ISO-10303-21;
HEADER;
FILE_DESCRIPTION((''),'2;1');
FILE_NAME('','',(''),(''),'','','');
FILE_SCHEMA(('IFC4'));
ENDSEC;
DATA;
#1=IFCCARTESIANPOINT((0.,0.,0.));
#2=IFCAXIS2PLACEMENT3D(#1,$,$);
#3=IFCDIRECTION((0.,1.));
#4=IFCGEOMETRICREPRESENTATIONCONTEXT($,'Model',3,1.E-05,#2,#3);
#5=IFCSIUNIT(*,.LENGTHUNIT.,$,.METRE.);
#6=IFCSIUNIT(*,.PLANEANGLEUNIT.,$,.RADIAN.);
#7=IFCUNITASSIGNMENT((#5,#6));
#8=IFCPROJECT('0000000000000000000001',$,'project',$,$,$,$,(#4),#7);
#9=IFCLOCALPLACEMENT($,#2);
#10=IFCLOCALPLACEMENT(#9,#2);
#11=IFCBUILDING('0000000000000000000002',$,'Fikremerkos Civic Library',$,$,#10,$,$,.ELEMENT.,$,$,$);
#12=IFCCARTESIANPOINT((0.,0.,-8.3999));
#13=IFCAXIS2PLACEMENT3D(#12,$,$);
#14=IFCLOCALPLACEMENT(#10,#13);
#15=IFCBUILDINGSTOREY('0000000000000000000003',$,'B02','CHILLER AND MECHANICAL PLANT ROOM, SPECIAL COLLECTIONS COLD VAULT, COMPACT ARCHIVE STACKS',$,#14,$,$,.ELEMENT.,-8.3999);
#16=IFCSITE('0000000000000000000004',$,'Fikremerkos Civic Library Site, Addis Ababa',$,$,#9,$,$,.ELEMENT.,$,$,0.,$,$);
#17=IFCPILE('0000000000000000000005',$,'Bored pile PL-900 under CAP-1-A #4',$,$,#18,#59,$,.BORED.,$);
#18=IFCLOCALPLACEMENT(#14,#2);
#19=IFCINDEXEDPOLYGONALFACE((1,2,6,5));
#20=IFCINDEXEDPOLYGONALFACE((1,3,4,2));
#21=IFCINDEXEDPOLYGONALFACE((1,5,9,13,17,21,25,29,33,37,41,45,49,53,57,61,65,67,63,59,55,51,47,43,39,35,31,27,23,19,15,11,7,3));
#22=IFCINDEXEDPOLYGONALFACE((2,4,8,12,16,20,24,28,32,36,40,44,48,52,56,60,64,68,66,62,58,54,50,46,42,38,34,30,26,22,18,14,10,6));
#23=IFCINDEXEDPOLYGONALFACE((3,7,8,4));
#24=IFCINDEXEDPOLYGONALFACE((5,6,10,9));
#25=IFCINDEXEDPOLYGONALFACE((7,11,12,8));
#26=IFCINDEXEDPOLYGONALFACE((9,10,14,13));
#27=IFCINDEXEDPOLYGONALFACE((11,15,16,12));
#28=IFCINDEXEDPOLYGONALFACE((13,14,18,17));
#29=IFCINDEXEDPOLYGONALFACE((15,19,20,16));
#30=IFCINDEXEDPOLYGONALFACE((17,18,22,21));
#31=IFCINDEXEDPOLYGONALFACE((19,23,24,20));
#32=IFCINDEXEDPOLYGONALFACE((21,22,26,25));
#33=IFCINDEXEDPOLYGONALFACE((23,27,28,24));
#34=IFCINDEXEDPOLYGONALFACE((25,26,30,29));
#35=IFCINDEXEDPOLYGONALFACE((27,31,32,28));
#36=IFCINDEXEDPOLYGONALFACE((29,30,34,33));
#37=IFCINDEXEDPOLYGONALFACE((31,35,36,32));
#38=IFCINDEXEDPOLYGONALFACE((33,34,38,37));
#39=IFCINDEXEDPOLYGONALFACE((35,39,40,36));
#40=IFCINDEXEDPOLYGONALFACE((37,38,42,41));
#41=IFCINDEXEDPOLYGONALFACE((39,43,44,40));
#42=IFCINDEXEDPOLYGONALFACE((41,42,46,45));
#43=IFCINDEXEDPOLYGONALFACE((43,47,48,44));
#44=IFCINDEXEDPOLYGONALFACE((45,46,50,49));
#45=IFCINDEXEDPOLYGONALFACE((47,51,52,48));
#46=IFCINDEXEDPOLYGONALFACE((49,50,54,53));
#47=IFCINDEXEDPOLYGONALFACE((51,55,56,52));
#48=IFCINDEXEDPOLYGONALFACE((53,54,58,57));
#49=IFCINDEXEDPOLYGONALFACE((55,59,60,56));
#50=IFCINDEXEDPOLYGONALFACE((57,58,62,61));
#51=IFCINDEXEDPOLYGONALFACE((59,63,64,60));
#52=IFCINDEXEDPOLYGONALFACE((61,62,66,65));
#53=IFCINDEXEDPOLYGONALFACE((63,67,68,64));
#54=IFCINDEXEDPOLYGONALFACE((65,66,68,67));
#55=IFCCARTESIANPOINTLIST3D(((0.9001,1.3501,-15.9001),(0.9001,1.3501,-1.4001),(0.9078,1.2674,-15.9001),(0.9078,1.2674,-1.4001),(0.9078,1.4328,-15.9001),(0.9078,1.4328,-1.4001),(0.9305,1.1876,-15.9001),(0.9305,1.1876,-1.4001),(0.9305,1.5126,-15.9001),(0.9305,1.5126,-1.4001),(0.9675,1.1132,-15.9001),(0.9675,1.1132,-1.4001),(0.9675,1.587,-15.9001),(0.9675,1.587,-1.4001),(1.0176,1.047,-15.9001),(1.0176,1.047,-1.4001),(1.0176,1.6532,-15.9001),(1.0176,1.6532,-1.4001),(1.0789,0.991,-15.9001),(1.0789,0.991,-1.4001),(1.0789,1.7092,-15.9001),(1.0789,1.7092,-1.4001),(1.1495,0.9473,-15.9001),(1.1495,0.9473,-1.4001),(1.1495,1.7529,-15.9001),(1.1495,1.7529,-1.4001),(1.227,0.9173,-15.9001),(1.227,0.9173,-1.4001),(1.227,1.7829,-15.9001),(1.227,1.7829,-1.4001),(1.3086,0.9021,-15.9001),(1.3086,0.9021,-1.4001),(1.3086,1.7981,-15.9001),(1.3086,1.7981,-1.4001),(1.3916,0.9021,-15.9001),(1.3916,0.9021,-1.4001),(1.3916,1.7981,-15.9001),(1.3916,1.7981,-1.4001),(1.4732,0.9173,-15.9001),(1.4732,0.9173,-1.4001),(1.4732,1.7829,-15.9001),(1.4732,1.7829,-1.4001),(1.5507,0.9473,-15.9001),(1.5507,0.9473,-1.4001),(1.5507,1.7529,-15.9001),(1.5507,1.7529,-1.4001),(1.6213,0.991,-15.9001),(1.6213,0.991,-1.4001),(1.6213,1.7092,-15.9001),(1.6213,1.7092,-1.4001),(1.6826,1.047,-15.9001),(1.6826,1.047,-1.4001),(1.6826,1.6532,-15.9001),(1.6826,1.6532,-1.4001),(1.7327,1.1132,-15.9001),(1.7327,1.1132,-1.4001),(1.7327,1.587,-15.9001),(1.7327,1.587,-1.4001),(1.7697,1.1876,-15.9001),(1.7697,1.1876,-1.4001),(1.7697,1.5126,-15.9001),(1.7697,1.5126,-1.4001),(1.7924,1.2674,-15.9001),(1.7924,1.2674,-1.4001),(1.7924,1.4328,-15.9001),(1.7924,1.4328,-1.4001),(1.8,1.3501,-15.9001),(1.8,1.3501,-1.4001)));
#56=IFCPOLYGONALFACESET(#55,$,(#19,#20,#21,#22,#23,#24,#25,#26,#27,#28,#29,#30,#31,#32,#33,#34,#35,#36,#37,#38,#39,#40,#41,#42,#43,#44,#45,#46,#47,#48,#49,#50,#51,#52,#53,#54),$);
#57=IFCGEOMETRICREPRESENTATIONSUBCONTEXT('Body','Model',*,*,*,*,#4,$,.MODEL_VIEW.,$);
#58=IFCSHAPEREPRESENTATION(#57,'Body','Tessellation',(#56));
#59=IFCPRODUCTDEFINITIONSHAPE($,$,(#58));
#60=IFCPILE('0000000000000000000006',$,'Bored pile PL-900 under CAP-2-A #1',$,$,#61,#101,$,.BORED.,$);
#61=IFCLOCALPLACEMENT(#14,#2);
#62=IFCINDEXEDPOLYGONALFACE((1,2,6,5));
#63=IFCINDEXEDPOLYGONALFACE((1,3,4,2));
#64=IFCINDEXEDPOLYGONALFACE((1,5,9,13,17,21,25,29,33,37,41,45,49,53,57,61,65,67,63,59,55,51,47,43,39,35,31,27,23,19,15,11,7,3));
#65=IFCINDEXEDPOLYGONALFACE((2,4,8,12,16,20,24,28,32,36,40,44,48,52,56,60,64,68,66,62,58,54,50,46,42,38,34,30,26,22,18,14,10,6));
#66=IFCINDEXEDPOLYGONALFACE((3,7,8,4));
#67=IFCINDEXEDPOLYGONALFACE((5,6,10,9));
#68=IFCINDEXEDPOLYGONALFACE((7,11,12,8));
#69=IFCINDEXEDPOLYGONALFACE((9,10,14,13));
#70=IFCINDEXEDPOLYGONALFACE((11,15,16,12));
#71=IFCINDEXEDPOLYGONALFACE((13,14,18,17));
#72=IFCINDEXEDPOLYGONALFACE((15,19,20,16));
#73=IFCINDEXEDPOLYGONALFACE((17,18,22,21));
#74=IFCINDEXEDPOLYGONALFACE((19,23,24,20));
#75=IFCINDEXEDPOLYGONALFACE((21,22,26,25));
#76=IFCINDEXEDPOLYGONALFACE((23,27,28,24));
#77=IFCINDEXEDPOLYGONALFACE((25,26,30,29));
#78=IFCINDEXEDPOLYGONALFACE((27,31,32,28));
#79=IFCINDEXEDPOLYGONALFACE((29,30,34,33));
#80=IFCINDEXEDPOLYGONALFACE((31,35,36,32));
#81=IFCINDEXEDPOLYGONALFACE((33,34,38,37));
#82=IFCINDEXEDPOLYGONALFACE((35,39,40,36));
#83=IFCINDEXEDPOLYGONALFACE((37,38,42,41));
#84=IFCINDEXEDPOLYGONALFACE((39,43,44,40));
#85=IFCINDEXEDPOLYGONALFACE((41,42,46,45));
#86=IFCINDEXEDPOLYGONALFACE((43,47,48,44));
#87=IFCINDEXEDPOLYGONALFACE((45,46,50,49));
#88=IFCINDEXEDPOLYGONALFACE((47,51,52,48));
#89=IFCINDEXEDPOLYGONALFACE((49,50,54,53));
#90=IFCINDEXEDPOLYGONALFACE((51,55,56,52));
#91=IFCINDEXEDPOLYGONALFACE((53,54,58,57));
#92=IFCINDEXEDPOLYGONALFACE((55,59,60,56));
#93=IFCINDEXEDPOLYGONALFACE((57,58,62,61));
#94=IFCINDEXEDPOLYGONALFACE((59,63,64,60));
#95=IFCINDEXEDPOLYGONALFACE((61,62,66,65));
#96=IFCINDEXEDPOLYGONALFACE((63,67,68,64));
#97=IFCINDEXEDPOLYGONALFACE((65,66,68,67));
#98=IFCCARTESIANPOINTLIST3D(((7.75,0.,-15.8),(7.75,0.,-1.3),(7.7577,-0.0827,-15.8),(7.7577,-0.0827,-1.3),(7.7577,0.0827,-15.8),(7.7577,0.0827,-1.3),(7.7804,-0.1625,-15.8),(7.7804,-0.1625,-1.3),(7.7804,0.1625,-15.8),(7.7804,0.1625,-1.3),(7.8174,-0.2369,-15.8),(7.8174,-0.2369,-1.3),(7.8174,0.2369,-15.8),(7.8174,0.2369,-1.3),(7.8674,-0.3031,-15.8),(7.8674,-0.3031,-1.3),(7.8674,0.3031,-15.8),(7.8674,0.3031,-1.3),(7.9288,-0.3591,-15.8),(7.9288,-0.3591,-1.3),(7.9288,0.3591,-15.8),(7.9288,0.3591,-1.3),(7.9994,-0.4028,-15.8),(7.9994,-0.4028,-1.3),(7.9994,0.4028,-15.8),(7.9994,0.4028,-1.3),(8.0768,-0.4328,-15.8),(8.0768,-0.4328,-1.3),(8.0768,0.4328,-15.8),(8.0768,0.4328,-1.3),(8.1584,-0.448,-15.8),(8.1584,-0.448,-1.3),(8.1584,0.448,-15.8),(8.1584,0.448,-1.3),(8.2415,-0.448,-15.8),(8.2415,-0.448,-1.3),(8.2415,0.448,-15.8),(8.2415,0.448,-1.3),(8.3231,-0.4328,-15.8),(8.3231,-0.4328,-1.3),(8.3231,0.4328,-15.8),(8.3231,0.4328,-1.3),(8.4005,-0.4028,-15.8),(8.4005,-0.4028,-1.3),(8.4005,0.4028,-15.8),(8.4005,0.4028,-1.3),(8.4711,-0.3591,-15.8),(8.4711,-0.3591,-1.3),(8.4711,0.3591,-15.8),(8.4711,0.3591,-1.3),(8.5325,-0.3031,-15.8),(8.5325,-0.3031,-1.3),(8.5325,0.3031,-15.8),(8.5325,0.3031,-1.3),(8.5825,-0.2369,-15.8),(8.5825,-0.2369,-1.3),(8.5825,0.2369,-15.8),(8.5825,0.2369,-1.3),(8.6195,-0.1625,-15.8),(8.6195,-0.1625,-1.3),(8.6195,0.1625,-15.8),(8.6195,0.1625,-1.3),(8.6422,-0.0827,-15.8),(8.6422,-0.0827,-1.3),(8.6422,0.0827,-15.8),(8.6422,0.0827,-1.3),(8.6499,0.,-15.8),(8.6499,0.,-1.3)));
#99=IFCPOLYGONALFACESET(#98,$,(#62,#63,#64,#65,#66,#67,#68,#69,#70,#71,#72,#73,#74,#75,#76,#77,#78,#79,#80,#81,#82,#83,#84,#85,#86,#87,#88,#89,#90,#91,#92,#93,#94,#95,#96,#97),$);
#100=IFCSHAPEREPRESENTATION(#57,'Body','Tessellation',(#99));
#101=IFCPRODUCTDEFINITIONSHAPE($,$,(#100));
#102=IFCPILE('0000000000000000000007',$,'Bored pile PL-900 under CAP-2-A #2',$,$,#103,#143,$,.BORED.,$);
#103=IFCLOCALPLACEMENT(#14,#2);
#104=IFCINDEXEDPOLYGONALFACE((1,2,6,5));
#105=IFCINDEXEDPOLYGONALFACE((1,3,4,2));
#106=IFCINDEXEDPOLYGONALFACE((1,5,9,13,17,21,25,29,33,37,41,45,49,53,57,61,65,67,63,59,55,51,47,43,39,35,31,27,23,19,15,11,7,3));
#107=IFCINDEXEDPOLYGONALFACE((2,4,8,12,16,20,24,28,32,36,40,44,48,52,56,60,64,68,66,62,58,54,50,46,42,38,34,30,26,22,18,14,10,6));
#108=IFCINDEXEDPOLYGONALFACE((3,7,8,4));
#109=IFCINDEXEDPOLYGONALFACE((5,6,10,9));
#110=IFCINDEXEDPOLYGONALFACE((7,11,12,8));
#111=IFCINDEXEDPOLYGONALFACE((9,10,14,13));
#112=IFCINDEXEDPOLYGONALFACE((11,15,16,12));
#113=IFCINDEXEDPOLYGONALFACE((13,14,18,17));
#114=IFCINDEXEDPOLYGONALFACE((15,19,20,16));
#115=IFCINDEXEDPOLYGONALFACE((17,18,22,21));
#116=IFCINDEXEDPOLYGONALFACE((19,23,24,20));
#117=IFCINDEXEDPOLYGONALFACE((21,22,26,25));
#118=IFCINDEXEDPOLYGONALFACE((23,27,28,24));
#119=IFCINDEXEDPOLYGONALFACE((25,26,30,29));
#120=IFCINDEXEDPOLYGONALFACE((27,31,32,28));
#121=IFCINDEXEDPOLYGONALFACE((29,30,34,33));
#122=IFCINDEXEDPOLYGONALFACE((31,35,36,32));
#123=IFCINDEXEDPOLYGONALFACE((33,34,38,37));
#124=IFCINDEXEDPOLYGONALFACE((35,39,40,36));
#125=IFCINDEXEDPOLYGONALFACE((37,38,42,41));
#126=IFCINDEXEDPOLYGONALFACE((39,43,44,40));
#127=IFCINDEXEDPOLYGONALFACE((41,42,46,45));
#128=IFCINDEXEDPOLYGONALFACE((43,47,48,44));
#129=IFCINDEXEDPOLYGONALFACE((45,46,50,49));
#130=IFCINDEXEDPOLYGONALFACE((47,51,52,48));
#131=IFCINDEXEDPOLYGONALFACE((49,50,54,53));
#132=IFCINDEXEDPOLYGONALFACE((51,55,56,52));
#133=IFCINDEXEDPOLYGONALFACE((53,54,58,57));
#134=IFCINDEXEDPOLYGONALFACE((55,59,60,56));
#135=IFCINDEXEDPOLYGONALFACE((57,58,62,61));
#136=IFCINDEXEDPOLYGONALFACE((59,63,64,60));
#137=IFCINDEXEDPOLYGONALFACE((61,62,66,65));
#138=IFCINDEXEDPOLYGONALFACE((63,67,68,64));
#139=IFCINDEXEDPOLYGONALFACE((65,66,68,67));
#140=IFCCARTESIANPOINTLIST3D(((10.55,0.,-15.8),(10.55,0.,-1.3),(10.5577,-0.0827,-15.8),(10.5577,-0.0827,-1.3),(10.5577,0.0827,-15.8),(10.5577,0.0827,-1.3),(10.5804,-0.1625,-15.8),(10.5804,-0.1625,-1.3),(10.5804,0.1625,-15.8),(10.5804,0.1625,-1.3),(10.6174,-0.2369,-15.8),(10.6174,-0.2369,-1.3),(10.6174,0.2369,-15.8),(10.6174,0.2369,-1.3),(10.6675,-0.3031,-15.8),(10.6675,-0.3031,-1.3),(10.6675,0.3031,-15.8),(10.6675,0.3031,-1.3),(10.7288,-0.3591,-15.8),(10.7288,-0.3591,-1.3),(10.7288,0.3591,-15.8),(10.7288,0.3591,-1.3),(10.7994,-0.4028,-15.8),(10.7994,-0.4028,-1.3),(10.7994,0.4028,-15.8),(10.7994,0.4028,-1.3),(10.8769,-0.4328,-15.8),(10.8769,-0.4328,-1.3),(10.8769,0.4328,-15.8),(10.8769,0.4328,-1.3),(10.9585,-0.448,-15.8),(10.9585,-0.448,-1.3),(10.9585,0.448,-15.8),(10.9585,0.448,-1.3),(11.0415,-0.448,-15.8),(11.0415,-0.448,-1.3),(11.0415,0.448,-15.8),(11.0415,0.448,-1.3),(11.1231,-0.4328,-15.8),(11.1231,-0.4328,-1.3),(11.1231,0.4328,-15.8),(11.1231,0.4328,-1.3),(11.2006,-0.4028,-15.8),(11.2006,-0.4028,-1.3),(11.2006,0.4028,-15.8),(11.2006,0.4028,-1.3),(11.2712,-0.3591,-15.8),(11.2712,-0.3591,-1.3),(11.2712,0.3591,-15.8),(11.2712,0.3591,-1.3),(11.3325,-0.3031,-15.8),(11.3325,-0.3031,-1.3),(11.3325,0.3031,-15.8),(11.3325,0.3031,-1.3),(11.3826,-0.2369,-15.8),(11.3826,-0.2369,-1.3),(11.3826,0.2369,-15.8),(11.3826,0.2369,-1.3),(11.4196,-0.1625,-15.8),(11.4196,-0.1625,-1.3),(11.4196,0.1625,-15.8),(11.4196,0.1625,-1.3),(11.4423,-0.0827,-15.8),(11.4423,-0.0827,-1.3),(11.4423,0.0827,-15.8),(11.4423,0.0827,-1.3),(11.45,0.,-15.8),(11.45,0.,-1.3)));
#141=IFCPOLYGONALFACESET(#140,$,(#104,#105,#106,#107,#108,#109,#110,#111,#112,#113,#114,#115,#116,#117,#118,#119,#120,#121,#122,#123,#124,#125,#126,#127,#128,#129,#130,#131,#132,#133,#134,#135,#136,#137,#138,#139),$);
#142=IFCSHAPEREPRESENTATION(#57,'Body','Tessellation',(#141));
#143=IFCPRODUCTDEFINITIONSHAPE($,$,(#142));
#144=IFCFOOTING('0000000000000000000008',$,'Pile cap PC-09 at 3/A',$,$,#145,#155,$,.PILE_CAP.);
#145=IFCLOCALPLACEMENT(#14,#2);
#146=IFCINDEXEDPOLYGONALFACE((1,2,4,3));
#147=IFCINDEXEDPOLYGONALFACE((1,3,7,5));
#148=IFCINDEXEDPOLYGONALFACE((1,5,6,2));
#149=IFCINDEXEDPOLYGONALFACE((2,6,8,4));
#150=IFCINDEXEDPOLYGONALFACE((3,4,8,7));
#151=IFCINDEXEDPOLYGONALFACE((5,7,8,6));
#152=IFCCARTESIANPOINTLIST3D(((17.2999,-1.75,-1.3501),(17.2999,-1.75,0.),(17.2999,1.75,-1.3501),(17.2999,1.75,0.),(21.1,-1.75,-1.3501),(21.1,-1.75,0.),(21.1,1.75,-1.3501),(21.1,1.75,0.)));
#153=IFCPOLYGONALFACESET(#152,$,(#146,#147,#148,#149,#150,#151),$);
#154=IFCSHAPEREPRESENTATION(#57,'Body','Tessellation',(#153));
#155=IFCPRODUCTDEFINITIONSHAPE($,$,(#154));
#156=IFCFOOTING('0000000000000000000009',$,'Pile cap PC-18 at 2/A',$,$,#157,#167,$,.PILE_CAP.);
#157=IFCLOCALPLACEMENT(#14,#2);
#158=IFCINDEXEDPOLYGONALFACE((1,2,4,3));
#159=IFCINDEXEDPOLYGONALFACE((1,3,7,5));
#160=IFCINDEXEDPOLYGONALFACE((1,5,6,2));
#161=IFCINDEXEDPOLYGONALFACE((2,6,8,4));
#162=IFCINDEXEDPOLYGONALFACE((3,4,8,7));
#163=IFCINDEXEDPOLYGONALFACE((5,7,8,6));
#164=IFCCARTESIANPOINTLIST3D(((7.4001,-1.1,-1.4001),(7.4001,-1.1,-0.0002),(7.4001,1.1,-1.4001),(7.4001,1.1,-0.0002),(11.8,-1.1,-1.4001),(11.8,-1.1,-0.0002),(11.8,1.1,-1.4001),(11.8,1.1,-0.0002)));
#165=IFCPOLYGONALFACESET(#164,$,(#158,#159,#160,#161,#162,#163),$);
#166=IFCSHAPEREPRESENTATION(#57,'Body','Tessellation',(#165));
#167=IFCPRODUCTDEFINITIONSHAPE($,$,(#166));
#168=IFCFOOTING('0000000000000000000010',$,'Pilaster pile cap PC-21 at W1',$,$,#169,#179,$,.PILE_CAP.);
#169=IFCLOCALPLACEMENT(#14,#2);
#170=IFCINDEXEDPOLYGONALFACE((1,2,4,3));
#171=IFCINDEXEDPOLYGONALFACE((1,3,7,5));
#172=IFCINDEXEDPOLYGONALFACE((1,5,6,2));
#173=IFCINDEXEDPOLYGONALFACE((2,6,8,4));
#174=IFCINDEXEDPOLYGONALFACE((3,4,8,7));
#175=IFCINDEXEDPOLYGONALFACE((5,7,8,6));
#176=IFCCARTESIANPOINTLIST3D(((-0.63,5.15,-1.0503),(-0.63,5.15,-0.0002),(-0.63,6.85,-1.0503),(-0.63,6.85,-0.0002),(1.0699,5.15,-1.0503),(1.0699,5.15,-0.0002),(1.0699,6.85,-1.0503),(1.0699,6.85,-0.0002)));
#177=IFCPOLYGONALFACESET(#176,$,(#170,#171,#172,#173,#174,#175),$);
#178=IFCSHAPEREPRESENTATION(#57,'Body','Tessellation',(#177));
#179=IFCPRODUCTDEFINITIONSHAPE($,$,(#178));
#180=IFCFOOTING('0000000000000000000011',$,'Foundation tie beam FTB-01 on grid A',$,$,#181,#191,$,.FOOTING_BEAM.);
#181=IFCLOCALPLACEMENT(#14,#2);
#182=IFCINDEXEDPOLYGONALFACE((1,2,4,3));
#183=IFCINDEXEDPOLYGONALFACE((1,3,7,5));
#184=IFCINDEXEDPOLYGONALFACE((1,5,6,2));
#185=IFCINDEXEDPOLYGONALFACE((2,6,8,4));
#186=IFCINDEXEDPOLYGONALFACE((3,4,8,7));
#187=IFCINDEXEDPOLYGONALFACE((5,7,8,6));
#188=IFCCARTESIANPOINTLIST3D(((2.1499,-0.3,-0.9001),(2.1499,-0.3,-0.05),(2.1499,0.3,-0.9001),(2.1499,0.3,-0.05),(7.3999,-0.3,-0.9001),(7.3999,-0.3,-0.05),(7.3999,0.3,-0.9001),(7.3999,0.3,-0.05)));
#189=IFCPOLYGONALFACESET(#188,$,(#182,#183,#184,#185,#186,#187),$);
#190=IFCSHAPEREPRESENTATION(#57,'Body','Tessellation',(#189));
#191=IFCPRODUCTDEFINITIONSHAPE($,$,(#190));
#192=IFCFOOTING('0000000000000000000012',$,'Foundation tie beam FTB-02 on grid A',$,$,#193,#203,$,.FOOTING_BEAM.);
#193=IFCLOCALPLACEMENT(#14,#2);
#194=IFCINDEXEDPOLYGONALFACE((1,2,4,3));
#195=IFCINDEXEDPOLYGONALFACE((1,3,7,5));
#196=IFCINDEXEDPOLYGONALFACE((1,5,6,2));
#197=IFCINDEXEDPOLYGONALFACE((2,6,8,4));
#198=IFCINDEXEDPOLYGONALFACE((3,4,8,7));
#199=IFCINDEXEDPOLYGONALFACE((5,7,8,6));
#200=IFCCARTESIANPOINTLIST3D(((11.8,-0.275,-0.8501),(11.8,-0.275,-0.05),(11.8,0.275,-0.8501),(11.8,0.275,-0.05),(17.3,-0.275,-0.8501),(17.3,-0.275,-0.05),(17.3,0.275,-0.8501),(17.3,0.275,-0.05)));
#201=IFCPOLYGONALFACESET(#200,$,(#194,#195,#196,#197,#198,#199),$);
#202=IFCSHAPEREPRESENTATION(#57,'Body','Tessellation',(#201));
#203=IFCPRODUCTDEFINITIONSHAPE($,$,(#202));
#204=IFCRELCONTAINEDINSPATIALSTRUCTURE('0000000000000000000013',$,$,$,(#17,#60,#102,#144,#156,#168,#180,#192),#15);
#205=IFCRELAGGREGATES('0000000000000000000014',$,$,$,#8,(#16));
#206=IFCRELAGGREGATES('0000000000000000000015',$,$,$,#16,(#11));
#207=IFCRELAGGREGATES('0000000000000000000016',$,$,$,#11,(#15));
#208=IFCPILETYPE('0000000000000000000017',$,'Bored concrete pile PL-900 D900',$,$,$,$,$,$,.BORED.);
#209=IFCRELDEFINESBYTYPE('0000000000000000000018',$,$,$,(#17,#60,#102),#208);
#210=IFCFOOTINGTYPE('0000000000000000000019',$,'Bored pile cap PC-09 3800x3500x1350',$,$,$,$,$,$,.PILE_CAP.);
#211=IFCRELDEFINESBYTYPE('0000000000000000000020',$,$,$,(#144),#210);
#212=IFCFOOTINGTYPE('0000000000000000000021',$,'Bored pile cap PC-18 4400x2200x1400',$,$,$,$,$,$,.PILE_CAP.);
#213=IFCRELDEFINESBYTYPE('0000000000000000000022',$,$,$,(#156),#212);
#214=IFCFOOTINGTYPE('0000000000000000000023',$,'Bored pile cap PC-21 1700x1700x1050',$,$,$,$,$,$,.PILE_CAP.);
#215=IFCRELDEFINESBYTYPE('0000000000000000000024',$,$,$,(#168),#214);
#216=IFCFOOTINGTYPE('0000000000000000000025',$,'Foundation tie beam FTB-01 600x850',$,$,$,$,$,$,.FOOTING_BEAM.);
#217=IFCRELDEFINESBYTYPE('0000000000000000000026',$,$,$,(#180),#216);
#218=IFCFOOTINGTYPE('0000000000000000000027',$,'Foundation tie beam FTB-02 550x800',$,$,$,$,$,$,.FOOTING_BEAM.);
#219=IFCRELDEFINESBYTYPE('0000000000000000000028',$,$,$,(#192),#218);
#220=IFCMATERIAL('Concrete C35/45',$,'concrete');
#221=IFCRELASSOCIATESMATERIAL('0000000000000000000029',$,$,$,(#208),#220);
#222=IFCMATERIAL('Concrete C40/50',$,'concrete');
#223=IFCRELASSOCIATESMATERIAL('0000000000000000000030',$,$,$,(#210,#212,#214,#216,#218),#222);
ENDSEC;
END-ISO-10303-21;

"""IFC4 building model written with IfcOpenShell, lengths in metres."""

from ifc_helpers import new_model, si_unit, direction, frame, origin, origin_2d, place, context, subcontext, project, spatial, rectangle, circle, extrude, material, material_profile, profile_set, type_object, element, save


model = new_model("IFC4")

# Units and contexts
model_context = context("Model", 3, precision=1e-05, world=origin(), true_north=direction((0.0, 1.0)))
body_context = subcontext(model_context, "Body", "Model", "MODEL_VIEW")
ifc_project = project(units=[si_unit("LENGTHUNIT", "METRE"), si_unit("PLANEANGLEUNIT", "RADIAN")], contexts=[model_context])

# Site, building, storey
site_placement = place(None, origin())
site = spatial("IfcSite", under=ifc_project, at=site_placement, Name="Fikremerkos Civic Library Site, Addis Ababa", CompositionType="ELEMENT", RefElevation=0.0)
building_placement = place(site_placement, origin())
building = spatial("IfcBuilding", under=site, at=building_placement, Name="Fikremerkos Civic Library", CompositionType="ELEMENT")
storey_placement = place(building_placement, frame((0.0, 0.0, -8.3999)))
storey = spatial("IfcBuildingStorey", under=building, at=storey_placement, Name="B02", Description="CHILLER AND MECHANICAL PLANT ROOM, SPECIAL COLLECTIONS COLD VAULT, COMPACT ARCHIVE STACKS", CompositionType="ELEMENT", Elevation=-8.3999)

# Piles
ifc_material_1 = material(Name="Concrete C35/45", Category="concrete")
ifc_material_profile_1 = material_profile(ifc_material_1, circle(Radius=0.45, at=origin_2d()), Name="BORED PILE 900")
ifc_profile_set_1 = profile_set([ifc_material_profile_1], Name="Concrete C35/45")
pile_type_1 = type_object("IfcPileType", Name="Bored concrete pile PL-900 D900", PredefinedType="BORED", material=ifc_profile_set_1)
for number, where, z_axis, x_axis, name in (
    (1, (1.3501, 1.3501, -1.4001), (0.0, 0.0, -1.0), (1.0, 0.0, 0.0), "Bored pile PL-900 under CAP-1-A #4"),
    (2, (8.2, 0.0, -1.3), (0.0, 0.0, -1.0), (1.0, 0.0, 0.0), "Bored pile PL-900 under CAP-2-A #1"),
    (3, (11.0, 0.0, -1.3), (0.0, 0.0, -1.0), (1.0, 0.0, 0.0), "Bored pile PL-900 under CAP-2-A #2"),
):
    element("IfcPile", number, at=place(storey_placement, frame(where, z_axis=z_axis, x_axis=x_axis)), inside=storey, type_object=pile_type_1, Name=name, PredefinedType="BORED", context=body_context, shape_type="SweptSolid", body=[
        extrude(circle(Radius=0.45, at=origin_2d()), origin(), (0.0, 0.0, 1.0), 14.5),
    ])

# Footings
ifc_material_2 = material(Name="Concrete C40/50", Category="concrete")
footing_type_1 = type_object("IfcFootingType", Name="Bored pile cap PC-09 3800x3500x1350", PredefinedType="PILE_CAP", material=ifc_material_2)
footing_1_placement = place(storey_placement, frame((19.2, 0.0, -1.3501), z_axis=(0.0, 0.0, 1.0), x_axis=(1.0, 0.0, 0.0)))
element("IfcFooting", 4, at=footing_1_placement, inside=storey, type_object=footing_type_1, Name="Pile cap PC-09 at 3/A", PredefinedType="PILE_CAP", context=body_context, shape_type="SweptSolid", body=[
    extrude(rectangle(XDim=3.8, YDim=3.5, at=origin_2d()), origin(), (0.0, 0.0, 1.0), 1.3501),
])
footing_type_2 = type_object("IfcFootingType", Name="Bored pile cap PC-18 4400x2200x1400", PredefinedType="PILE_CAP", material=ifc_material_2)
footing_2_placement = place(storey_placement, frame((9.6001, 0.0, -1.4001), z_axis=(0.0, 0.0, 1.0), x_axis=(1.0, 0.0, 0.0)))
element("IfcFooting", 5, at=footing_2_placement, inside=storey, type_object=footing_type_2, Name="Pile cap PC-18 at 2/A", PredefinedType="PILE_CAP", context=body_context, shape_type="SweptSolid", body=[
    extrude(rectangle(XDim=4.3999, YDim=2.2, at=origin_2d()), origin(), (0.0, 0.0, 1.0), 1.3999),
])
footing_type_3 = type_object("IfcFootingType", Name="Bored pile cap PC-21 1700x1700x1050", PredefinedType="PILE_CAP", material=ifc_material_2)
footing_3_placement = place(storey_placement, frame((0.22, 6.0, -1.0503), z_axis=(0.0, 0.0, 1.0), x_axis=(1.0, 0.0, 0.0)))
element("IfcFooting", 6, at=footing_3_placement, inside=storey, type_object=footing_type_3, Name="Pilaster pile cap PC-21 at W1", PredefinedType="PILE_CAP", context=body_context, shape_type="SweptSolid", body=[
    extrude(rectangle(XDim=1.7, YDim=1.7, at=origin_2d()), origin(), (0.0, 0.0, 1.0), 1.05),
])
footing_type_4 = type_object("IfcFootingType", Name="Foundation tie beam FTB-01 600x850", PredefinedType="FOOTING_BEAM", material=ifc_material_2)
footing_4_placement = place(storey_placement, frame((4.7749, 0.0, -0.9001), z_axis=(0.0, 0.0, 1.0), x_axis=(1.0, 0.0, 0.0)))
element("IfcFooting", 7, at=footing_4_placement, inside=storey, type_object=footing_type_4, Name="Foundation tie beam FTB-01 on grid A", PredefinedType="FOOTING_BEAM", context=body_context, shape_type="SweptSolid", body=[
    extrude(rectangle(XDim=5.25, YDim=0.6001, at=origin_2d()), origin(), (0.0, 0.0, 1.0), 0.8501),
])
footing_type_5 = type_object("IfcFootingType", Name="Foundation tie beam FTB-02 550x800", PredefinedType="FOOTING_BEAM", material=ifc_material_2)
footing_5_placement = place(storey_placement, frame((14.55, 0.0, -0.8501), z_axis=(0.0, 0.0, 1.0), x_axis=(1.0, 0.0, 0.0)))
element("IfcFooting", 8, at=footing_5_placement, inside=storey, type_object=footing_type_5, Name="Foundation tie beam FTB-02 on grid A", PredefinedType="FOOTING_BEAM", context=body_context, shape_type="SweptSolid", body=[
    extrude(rectangle(XDim=5.5, YDim=0.55, at=origin_2d()), origin(), (0.0, 0.0, 1.0), 0.8),
])

save(model, "model.ifc")
